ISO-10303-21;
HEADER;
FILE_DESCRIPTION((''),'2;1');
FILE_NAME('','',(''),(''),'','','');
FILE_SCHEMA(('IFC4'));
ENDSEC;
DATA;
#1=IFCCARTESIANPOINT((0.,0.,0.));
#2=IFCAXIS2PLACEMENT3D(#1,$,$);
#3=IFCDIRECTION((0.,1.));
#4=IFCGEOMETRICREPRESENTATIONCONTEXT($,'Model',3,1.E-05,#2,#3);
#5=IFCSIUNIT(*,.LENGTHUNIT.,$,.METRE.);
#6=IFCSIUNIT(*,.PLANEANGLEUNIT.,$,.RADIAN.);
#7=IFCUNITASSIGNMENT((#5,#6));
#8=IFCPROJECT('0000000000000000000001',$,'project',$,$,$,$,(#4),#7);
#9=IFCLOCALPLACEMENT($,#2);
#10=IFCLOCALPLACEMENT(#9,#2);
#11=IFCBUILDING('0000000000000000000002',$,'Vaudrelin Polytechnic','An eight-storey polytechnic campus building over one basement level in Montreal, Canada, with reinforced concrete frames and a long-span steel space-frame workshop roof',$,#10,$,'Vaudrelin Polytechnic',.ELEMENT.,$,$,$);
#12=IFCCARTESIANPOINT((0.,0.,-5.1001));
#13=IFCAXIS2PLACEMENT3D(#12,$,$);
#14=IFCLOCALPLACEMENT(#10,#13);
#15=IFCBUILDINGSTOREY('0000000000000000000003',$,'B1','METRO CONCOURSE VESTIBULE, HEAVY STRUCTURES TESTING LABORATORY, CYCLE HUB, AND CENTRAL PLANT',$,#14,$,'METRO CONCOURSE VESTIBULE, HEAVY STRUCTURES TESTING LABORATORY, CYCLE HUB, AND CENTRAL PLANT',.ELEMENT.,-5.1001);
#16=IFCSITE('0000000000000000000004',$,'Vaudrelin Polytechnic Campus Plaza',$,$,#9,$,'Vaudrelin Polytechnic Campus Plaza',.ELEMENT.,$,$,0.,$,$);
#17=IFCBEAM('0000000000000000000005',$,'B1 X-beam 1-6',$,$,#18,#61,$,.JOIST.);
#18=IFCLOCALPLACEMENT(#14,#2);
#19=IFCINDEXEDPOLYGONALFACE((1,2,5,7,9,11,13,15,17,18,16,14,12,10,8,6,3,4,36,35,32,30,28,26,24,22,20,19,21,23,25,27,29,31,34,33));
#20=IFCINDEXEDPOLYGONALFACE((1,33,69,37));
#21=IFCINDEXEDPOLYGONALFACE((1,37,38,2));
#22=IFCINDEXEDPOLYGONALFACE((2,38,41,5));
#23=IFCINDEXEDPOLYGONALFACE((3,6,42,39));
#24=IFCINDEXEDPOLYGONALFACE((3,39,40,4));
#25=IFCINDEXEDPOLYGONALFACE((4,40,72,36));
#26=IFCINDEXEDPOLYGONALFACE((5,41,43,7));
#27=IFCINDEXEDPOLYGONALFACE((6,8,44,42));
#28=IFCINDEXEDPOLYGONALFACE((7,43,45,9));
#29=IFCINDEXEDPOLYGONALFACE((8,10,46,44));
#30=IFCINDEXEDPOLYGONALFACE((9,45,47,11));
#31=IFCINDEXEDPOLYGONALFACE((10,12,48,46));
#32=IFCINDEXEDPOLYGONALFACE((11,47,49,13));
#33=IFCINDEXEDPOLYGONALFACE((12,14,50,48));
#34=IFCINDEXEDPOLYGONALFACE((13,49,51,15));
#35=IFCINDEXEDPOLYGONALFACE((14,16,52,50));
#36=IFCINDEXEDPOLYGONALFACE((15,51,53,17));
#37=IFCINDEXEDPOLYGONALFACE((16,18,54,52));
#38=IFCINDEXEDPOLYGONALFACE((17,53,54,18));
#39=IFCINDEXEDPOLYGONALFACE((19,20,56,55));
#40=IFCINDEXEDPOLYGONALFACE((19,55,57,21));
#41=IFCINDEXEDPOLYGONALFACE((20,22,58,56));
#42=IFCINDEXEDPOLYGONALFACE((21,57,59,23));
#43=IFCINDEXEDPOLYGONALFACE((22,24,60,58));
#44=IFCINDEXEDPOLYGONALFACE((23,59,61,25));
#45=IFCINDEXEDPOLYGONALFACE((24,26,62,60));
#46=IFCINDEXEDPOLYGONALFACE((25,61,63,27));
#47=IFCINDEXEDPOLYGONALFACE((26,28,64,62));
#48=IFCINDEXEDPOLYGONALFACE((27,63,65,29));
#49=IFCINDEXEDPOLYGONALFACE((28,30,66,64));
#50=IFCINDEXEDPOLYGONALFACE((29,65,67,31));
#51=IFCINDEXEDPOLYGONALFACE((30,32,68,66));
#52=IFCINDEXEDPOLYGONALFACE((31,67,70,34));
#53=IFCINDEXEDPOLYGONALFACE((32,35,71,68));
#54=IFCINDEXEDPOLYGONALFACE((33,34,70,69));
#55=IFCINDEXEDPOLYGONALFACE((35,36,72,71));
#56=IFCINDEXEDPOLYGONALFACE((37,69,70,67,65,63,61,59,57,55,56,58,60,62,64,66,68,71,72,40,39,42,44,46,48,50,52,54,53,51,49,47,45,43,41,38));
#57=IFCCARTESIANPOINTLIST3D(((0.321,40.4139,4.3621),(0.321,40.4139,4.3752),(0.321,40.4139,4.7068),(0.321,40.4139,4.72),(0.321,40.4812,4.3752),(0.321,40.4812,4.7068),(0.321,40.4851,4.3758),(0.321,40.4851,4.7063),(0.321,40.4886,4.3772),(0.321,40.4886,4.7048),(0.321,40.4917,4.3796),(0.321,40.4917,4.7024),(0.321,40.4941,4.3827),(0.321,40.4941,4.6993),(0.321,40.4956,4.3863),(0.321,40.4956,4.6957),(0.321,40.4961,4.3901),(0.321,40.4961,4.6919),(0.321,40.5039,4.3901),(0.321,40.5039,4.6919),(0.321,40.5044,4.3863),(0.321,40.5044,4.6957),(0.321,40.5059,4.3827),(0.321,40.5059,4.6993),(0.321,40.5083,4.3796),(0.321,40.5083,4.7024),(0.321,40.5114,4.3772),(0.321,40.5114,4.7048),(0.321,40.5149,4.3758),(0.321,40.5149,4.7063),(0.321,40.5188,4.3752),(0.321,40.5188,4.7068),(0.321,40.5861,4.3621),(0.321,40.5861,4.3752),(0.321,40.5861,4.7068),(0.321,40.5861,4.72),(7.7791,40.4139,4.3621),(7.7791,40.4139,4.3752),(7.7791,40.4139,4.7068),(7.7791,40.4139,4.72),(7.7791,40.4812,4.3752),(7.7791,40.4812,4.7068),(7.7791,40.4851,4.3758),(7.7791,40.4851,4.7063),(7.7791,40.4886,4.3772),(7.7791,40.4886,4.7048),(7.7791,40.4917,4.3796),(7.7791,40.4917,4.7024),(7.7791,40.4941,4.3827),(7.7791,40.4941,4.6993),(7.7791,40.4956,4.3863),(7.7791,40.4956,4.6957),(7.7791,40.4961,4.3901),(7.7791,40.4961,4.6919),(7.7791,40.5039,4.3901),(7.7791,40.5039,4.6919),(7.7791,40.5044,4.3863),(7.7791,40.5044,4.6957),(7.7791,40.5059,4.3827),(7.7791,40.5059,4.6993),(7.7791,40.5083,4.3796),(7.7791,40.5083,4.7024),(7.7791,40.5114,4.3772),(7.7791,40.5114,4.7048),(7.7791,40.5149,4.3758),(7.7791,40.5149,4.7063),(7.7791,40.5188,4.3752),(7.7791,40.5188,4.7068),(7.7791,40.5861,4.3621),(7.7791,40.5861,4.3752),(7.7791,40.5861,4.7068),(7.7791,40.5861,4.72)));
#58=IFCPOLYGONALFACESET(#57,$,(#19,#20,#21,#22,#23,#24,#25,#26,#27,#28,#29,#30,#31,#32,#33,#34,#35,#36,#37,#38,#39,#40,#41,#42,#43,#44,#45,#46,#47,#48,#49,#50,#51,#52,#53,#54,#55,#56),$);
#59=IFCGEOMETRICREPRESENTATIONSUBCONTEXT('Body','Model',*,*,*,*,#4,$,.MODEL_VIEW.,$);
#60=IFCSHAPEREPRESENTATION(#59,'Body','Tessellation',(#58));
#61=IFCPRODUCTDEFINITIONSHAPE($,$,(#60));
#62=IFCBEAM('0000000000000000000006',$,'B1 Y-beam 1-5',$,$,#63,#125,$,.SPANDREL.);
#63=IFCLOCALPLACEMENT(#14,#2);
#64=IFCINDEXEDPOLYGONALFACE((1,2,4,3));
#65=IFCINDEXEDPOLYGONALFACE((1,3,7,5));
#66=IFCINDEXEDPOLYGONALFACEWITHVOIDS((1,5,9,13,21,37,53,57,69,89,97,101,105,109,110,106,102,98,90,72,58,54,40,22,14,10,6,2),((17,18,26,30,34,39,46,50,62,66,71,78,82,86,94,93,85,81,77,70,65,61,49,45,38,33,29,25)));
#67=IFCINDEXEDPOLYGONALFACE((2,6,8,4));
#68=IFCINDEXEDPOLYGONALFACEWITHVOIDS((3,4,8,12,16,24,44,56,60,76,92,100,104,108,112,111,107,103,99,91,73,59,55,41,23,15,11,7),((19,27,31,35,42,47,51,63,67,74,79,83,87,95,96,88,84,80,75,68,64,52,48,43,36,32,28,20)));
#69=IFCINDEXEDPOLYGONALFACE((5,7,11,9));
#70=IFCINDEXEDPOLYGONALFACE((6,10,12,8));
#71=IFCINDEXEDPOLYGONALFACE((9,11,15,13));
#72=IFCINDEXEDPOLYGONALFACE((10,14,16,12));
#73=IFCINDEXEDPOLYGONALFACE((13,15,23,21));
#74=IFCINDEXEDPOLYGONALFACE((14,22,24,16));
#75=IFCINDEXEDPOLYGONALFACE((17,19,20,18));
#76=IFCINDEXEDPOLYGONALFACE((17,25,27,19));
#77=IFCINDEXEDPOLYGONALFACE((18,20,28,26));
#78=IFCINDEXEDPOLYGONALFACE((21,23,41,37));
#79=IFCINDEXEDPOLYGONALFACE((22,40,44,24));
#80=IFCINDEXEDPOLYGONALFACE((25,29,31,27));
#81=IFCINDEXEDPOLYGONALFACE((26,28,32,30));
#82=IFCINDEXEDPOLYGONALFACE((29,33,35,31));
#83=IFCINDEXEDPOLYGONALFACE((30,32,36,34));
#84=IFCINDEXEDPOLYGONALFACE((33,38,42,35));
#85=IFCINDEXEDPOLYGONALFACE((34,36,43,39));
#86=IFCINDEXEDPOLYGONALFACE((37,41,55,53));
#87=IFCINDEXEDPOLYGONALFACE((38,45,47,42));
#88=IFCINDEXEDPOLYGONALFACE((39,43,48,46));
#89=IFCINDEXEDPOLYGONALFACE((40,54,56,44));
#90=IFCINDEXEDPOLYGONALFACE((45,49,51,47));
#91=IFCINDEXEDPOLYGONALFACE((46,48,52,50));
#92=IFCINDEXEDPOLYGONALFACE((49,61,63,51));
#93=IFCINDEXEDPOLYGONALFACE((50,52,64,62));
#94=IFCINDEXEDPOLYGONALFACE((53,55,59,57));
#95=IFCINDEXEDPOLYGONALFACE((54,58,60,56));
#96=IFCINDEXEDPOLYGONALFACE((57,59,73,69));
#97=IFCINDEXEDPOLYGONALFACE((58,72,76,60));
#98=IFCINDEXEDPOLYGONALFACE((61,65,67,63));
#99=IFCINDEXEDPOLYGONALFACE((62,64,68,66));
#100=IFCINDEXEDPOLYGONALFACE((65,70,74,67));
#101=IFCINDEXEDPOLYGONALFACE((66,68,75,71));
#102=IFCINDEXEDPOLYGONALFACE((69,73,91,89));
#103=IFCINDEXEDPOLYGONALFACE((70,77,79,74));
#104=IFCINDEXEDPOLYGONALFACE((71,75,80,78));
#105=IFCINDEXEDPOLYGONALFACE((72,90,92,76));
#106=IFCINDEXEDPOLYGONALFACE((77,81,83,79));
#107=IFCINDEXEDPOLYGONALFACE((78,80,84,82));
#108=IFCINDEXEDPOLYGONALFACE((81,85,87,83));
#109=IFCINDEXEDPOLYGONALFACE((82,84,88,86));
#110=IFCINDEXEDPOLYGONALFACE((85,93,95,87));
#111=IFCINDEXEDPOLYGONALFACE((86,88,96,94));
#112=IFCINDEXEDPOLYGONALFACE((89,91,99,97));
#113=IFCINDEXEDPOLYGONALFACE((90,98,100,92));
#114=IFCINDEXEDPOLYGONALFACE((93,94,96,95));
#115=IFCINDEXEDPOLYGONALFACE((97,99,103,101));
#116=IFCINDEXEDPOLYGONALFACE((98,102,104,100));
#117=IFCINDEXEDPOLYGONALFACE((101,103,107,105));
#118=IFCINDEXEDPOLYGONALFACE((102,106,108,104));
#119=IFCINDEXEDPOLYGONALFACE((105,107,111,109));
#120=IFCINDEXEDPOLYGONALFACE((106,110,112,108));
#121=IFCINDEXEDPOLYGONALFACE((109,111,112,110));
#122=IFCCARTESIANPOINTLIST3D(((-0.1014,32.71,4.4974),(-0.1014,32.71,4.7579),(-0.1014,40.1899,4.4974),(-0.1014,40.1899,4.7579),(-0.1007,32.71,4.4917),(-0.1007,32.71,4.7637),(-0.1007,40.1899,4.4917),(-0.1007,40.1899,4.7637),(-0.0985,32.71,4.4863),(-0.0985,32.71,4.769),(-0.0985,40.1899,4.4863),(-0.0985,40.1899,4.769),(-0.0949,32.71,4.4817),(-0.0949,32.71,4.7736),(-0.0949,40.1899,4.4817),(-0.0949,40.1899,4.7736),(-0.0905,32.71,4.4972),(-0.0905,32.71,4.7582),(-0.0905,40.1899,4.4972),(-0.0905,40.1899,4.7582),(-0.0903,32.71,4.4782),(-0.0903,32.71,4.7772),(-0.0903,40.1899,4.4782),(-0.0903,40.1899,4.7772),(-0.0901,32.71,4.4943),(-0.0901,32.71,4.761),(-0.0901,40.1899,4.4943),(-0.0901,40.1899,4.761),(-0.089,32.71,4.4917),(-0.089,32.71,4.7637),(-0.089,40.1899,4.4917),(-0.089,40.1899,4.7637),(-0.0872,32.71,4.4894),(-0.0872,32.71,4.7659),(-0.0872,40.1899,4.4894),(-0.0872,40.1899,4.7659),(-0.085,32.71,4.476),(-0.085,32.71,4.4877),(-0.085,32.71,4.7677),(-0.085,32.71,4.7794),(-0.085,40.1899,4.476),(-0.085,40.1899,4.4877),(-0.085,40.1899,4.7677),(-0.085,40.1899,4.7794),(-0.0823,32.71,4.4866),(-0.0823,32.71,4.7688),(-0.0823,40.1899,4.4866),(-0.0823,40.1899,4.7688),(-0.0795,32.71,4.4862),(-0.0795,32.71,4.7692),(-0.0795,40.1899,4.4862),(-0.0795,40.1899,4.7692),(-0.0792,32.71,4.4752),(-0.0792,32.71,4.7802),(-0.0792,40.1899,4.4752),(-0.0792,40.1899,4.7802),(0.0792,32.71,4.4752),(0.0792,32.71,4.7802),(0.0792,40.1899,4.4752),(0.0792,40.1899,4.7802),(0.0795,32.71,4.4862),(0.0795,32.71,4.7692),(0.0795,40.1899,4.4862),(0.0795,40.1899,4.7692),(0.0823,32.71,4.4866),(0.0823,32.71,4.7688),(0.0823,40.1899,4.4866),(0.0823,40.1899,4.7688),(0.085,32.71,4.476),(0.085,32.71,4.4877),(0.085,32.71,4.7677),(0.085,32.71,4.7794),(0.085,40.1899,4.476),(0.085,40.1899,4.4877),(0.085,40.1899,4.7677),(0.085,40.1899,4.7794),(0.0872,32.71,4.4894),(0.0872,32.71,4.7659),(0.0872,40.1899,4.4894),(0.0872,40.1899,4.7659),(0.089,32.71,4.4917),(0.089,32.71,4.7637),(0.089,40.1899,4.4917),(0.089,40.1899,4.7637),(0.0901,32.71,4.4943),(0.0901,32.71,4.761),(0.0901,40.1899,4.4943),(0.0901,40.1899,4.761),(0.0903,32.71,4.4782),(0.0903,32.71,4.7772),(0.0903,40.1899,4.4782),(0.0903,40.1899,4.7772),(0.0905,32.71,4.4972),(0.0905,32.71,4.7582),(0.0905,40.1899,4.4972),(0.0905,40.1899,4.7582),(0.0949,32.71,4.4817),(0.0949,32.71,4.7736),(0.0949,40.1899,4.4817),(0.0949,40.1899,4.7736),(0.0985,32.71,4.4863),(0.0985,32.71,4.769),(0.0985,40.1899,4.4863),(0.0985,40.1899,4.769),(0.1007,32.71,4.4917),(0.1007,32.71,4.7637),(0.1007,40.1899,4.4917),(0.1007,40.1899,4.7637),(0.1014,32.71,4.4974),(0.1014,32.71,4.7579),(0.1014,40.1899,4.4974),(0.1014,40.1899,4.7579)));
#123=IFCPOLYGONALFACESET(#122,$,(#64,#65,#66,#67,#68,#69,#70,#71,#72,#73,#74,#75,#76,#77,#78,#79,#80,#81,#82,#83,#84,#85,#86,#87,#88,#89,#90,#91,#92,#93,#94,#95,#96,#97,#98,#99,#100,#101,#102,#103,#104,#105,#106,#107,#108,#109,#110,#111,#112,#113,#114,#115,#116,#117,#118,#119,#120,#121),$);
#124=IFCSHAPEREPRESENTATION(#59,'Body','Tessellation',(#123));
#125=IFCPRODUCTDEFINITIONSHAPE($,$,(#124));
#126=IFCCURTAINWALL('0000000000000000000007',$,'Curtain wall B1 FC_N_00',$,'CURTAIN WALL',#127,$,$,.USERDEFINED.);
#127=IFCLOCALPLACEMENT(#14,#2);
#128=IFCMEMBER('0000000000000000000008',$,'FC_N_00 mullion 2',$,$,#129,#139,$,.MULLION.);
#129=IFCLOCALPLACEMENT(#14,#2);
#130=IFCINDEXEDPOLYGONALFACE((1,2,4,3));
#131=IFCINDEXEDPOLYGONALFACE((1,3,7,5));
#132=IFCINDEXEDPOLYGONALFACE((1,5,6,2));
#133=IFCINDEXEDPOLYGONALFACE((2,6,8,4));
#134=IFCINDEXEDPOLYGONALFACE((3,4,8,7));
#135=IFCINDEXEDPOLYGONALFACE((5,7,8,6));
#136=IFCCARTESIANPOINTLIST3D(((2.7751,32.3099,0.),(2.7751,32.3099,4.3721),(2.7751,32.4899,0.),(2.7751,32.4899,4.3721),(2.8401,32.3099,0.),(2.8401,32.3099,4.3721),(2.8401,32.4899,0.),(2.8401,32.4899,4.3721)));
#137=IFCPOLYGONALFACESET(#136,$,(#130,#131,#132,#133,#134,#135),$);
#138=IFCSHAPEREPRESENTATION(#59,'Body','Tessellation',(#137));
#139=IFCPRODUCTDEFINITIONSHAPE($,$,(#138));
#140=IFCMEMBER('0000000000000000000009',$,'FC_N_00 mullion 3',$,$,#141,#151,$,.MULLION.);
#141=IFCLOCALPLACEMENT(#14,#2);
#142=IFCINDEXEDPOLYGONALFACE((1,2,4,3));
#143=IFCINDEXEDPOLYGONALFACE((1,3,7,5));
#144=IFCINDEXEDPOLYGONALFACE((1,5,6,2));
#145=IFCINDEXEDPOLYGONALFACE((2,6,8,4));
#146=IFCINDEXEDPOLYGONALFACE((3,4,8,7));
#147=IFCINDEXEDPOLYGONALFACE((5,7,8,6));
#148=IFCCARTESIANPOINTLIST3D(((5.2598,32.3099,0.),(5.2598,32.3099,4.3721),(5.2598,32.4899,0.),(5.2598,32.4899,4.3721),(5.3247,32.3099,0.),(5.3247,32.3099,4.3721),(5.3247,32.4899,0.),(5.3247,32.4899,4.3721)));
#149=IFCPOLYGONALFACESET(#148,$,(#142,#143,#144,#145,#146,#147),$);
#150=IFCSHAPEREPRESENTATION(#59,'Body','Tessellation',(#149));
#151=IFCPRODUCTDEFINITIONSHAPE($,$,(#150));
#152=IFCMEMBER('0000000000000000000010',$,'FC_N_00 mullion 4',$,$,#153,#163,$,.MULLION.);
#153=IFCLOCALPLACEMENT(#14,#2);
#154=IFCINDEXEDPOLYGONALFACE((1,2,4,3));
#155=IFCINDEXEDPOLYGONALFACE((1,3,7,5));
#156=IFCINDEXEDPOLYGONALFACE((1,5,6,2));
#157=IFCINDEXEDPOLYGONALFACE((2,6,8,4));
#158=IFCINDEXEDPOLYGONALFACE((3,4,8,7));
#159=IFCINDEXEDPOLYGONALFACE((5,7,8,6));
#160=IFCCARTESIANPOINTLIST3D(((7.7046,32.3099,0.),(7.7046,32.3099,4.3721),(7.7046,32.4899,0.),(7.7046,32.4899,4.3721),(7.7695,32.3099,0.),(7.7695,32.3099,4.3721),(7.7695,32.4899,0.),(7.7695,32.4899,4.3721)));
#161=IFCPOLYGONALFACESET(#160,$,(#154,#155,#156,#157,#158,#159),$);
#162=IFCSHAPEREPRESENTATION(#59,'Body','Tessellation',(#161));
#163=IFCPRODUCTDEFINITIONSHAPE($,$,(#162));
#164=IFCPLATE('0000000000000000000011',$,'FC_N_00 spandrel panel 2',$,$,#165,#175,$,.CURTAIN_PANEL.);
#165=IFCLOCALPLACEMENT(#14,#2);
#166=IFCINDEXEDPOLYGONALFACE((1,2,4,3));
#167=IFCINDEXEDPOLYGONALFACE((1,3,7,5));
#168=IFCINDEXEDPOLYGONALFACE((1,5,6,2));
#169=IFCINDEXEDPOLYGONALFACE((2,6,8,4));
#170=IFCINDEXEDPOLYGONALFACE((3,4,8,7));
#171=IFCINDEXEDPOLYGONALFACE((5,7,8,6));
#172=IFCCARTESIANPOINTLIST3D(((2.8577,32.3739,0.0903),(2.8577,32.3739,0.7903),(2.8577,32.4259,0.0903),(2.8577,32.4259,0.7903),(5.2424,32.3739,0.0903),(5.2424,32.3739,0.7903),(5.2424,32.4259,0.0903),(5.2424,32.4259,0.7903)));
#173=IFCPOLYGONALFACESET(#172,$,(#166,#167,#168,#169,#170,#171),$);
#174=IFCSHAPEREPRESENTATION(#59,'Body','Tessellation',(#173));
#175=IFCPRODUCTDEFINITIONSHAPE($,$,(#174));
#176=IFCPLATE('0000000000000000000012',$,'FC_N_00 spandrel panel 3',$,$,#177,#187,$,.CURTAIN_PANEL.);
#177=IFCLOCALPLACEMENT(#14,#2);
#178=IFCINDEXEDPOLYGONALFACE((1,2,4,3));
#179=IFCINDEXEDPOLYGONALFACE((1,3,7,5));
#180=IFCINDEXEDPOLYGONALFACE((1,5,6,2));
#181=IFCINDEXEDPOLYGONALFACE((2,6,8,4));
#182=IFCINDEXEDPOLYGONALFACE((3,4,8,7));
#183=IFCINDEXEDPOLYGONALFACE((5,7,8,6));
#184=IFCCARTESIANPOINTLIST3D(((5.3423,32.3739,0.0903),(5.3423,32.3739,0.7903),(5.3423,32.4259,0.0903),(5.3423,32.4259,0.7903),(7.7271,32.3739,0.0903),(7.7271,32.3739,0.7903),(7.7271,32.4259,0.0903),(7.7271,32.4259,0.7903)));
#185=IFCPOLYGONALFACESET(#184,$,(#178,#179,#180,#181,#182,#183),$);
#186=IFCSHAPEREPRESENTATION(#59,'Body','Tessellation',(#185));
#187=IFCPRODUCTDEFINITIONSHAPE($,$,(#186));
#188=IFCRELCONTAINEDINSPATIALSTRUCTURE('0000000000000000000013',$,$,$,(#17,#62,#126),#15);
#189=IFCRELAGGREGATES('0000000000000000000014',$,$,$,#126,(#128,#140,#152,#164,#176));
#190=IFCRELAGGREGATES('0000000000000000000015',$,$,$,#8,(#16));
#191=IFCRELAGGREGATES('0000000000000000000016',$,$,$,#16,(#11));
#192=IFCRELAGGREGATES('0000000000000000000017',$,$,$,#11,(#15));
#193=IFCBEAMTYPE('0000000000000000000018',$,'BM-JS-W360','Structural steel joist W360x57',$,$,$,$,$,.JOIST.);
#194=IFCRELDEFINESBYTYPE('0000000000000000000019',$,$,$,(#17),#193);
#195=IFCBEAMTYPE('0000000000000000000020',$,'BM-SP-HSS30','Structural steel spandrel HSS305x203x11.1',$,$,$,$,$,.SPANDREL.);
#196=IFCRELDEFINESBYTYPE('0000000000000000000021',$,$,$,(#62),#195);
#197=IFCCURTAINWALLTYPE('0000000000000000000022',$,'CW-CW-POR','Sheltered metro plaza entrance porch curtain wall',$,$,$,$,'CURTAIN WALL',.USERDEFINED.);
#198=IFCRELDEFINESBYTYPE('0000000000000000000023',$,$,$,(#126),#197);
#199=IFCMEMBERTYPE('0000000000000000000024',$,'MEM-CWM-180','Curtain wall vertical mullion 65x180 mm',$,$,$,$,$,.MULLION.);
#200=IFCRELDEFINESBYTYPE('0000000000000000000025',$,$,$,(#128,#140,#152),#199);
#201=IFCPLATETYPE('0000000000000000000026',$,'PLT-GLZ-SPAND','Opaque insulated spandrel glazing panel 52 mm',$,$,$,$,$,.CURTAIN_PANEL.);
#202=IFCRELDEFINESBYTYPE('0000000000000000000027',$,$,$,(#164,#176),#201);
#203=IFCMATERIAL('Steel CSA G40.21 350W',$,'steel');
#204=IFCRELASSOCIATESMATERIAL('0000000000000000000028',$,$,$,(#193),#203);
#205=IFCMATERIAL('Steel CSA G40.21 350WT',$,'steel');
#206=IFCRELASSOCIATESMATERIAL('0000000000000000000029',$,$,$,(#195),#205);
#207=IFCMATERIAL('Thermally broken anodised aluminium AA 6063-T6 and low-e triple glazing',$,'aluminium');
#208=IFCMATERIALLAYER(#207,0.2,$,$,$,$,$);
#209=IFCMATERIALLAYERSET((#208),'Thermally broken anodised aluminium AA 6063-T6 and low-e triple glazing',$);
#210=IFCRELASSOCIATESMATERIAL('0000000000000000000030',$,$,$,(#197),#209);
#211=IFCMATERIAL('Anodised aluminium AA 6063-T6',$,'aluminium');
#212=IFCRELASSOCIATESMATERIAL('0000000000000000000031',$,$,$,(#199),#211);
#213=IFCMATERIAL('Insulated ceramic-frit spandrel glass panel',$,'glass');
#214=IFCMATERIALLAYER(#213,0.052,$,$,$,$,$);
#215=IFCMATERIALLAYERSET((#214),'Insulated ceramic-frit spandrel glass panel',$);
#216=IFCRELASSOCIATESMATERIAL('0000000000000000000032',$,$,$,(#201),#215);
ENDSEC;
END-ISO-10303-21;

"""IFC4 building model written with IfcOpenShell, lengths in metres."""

from ifc_helpers import new_model, si_unit, direction, frame, origin, origin_2d, place, context, subcontext, project, spatial, rectangle, hollow_rectangle, i_section, extrude, material, layer, layer_set, material_profile, profile_set, type_object, element, aggregate, save


model = new_model("IFC4")

# Units and contexts
model_context = context("Model", 3, precision=1e-05, world=origin(), true_north=direction((0.0, 1.0)))
body_context = subcontext(model_context, "Body", "Model", "MODEL_VIEW")
ifc_project = project(units=[si_unit("LENGTHUNIT", "METRE"), si_unit("PLANEANGLEUNIT", "RADIAN")], contexts=[model_context])

# Site, building, storey
site_placement = place(None, origin())
site = spatial("IfcSite", under=ifc_project, at=site_placement, Name="Vaudrelin Polytechnic Campus Plaza", LongName="Vaudrelin Polytechnic Campus Plaza", CompositionType="ELEMENT", RefElevation=0.0)
building_placement = place(site_placement, origin())
building = spatial("IfcBuilding", under=site, at=building_placement, Name="Vaudrelin Polytechnic", Description="An eight-storey polytechnic campus building over one basement level in Montreal, Canada, with reinforced concrete frames and a long-span steel space-frame workshop roof", LongName="Vaudrelin Polytechnic", CompositionType="ELEMENT")
storey_placement = place(building_placement, frame((0.0, 0.0, -5.1001)))
storey = spatial("IfcBuildingStorey", under=building, at=storey_placement, Name="B1", Description="METRO CONCOURSE VESTIBULE, HEAVY STRUCTURES TESTING LABORATORY, CYCLE HUB, AND CENTRAL PLANT", LongName="METRO CONCOURSE VESTIBULE, HEAVY STRUCTURES TESTING LABORATORY, CYCLE HUB, AND CENTRAL PLANT", CompositionType="ELEMENT", Elevation=-5.1001)

# Shared definitions
ifc_material_1 = material(Name="Steel CSA G40.21 350WT", Category="steel")
ifc_material_2 = material(Name="Steel CSA G40.21 350W", Category="steel")

# Beams
ifc_material_profile_1 = material_profile(ifc_material_2, i_section(OverallWidth=0.1721, OverallDepth=0.3579, WebThickness=0.0078, FlangeThickness=0.0132, FilletRadius=0.0149, at=origin_2d()), Name="W360x57")
ifc_profile_set_1 = profile_set([ifc_material_profile_1], Name="Steel CSA G40.21 350W")
beam_type_1 = type_object("IfcBeamType", Name="BM-JS-W360", Description="Structural steel joist W360x57", PredefinedType="JOIST", material=ifc_profile_set_1)
beam_1_placement = place(storey_placement, frame((0.321, 40.5, 4.541), z_axis=(1.0, 0.0, 0.0), x_axis=(0.0, 1.0, 0.0)))
element("IfcBeam", 1, at=beam_1_placement, inside=storey, type_object=beam_type_1, Name="B1 X-beam 1-6", PredefinedType="JOIST", context=body_context, shape_type="SweptSolid", body=[
    extrude(i_section(OverallWidth=0.1721, OverallDepth=0.3579, WebThickness=0.0078, FlangeThickness=0.0132, FilletRadius=0.0149, at=origin_2d()), origin(), (0.0, 0.0, 1.0), 7.458),
])
ifc_material_profile_2 = material_profile(ifc_material_1, hollow_rectangle(XDim=0.2029, YDim=0.3049, WallThickness=0.011, InnerFilletRadius=0.011, OuterFilletRadius=0.0222, at=origin_2d()), Name="HSS305x203x11.1")
ifc_profile_set_2 = profile_set([ifc_material_profile_2], Name="Steel CSA G40.21 350WT")
beam_type_2 = type_object("IfcBeamType", Name="BM-SP-HSS30", Description="Structural steel spandrel HSS305x203x11.1", PredefinedType="SPANDREL", material=ifc_profile_set_2)
beam_2_placement = place(storey_placement, frame((0.0, 32.71, 4.6277), z_axis=(0.0, 1.0, 0.0), x_axis=(-1.0, 0.0, 0.0)))
element("IfcBeam", 2, at=beam_2_placement, inside=storey, type_object=beam_type_2, Name="B1 Y-beam 1-5", PredefinedType="SPANDREL", context=body_context, shape_type="SweptSolid", body=[
    extrude(hollow_rectangle(XDim=0.2029, YDim=0.3049, WallThickness=0.011, InnerFilletRadius=0.011, OuterFilletRadius=0.0222, at=origin_2d()), origin(), (0.0, 0.0, 1.0), 7.48),
])

# Curtain wall, members, plates
ifc_material_3 = material(Name="Thermally broken anodised aluminium AA 6063-T6 and low-e triple glazing", Category="aluminium")
ifc_layer_1 = layer(ifc_material_3, 0.2)
ifc_layer_set_1 = layer_set([ifc_layer_1], Name="Thermally broken anodised aluminium AA 6063-T6 and low-e triple glazing")
curtain_wall_type = type_object("IfcCurtainWallType", Name="CW-CW-POR", Description="Sheltered metro plaza entrance porch curtain wall", ElementType="CURTAIN WALL", PredefinedType="USERDEFINED", material=ifc_layer_set_1)
curtain_wall_placement = place(storey_placement, origin())
curtain_wall = element("IfcCurtainWall", 3, at=curtain_wall_placement, inside=storey, type_object=curtain_wall_type, Name="Curtain wall B1 FC_N_00", ObjectType="CURTAIN WALL", PredefinedType="USERDEFINED")
ifc_material_4 = material(Name="Anodised aluminium AA 6063-T6", Category="aluminium")
ifc_material_profile_3 = material_profile(ifc_material_4, rectangle(XDim=0.0649, YDim=0.1799, at=origin_2d()), Name="CWM-65x180")
ifc_profile_set_3 = profile_set([ifc_material_profile_3], Name="Anodised aluminium AA 6063-T6")
member_type = type_object("IfcMemberType", Name="MEM-CWM-180", Description="Curtain wall vertical mullion 65x180 mm", PredefinedType="MULLION", material=ifc_profile_set_3)
member_1_placement = place(storey_placement, frame((2.8076, 32.3999, 0.0), z_axis=(0.0, 0.0, 1.0), x_axis=(1.0, 0.0, 0.0)))
member_1 = element("IfcMember", 4, at=member_1_placement, type_object=member_type, Name="FC_N_00 mullion 2", PredefinedType="MULLION", context=body_context, shape_type="SweptSolid", body=[
    extrude(rectangle(XDim=0.0649, YDim=0.1799, at=origin_2d()), origin(), (0.0, 0.0, 1.0), 4.3721),
])
member_2_placement = place(storey_placement, frame((5.2922, 32.3999, 0.0), z_axis=(0.0, 0.0, 1.0), x_axis=(1.0, 0.0, 0.0)))
member_2 = element("IfcMember", 5, at=member_2_placement, type_object=member_type, Name="FC_N_00 mullion 3", PredefinedType="MULLION", context=body_context, shape_type="SweptSolid", body=[
    extrude(rectangle(XDim=0.0649, YDim=0.1799, at=origin_2d()), origin(), (0.0, 0.0, 1.0), 4.3721),
])
member_3_placement = place(storey_placement, frame((7.7371, 32.3999, 0.0), z_axis=(0.0, 0.0, 1.0), x_axis=(1.0, 0.0, 0.0)))
member_3 = element("IfcMember", 6, at=member_3_placement, type_object=member_type, Name="FC_N_00 mullion 4", PredefinedType="MULLION", context=body_context, shape_type="SweptSolid", body=[
    extrude(rectangle(XDim=0.0649, YDim=0.1799, at=origin_2d()), origin(), (0.0, 0.0, 1.0), 4.3721),
])
ifc_material_5 = material(Name="Insulated ceramic-frit spandrel glass panel", Category="glass")
ifc_layer_2 = layer(ifc_material_5, 0.052)
ifc_layer_set_2 = layer_set([ifc_layer_2], Name="Insulated ceramic-frit spandrel glass panel")
plate_type_1 = type_object("IfcPlateType", Name="PLT-GLZ-SPAND", Description="Opaque insulated spandrel glazing panel 52 mm", PredefinedType="CURTAIN_PANEL", material=ifc_layer_set_2)
plate_1_placement = place(storey_placement, frame((4.05, 32.3999, 0.0903), z_axis=(0.0, 0.0, 1.0), x_axis=(1.0, 0.0, 0.0)))
plate_1 = element("IfcPlate", 7, at=plate_1_placement, type_object=plate_type_1, Name="FC_N_00 spandrel panel 2", PredefinedType="CURTAIN_PANEL", context=body_context, shape_type="SweptSolid", body=[
    extrude(rectangle(XDim=2.3848, YDim=0.052, at=origin_2d()), origin(), (0.0, 0.0, 1.0), 0.7),
])
plate_2_placement = place(storey_placement, frame((6.5347, 32.3999, 0.0903), z_axis=(0.0, 0.0, 1.0), x_axis=(1.0, 0.0, 0.0)))
plate_2 = element("IfcPlate", 8, at=plate_2_placement, type_object=plate_type_1, Name="FC_N_00 spandrel panel 3", PredefinedType="CURTAIN_PANEL", context=body_context, shape_type="SweptSolid", body=[
    extrude(rectangle(XDim=2.3848, YDim=0.052, at=origin_2d()), origin(), (0.0, 0.0, 1.0), 0.7),
])
aggregate(curtain_wall, [member_1, member_2, member_3, plate_1, plate_2])

save(model, "model.ifc")
